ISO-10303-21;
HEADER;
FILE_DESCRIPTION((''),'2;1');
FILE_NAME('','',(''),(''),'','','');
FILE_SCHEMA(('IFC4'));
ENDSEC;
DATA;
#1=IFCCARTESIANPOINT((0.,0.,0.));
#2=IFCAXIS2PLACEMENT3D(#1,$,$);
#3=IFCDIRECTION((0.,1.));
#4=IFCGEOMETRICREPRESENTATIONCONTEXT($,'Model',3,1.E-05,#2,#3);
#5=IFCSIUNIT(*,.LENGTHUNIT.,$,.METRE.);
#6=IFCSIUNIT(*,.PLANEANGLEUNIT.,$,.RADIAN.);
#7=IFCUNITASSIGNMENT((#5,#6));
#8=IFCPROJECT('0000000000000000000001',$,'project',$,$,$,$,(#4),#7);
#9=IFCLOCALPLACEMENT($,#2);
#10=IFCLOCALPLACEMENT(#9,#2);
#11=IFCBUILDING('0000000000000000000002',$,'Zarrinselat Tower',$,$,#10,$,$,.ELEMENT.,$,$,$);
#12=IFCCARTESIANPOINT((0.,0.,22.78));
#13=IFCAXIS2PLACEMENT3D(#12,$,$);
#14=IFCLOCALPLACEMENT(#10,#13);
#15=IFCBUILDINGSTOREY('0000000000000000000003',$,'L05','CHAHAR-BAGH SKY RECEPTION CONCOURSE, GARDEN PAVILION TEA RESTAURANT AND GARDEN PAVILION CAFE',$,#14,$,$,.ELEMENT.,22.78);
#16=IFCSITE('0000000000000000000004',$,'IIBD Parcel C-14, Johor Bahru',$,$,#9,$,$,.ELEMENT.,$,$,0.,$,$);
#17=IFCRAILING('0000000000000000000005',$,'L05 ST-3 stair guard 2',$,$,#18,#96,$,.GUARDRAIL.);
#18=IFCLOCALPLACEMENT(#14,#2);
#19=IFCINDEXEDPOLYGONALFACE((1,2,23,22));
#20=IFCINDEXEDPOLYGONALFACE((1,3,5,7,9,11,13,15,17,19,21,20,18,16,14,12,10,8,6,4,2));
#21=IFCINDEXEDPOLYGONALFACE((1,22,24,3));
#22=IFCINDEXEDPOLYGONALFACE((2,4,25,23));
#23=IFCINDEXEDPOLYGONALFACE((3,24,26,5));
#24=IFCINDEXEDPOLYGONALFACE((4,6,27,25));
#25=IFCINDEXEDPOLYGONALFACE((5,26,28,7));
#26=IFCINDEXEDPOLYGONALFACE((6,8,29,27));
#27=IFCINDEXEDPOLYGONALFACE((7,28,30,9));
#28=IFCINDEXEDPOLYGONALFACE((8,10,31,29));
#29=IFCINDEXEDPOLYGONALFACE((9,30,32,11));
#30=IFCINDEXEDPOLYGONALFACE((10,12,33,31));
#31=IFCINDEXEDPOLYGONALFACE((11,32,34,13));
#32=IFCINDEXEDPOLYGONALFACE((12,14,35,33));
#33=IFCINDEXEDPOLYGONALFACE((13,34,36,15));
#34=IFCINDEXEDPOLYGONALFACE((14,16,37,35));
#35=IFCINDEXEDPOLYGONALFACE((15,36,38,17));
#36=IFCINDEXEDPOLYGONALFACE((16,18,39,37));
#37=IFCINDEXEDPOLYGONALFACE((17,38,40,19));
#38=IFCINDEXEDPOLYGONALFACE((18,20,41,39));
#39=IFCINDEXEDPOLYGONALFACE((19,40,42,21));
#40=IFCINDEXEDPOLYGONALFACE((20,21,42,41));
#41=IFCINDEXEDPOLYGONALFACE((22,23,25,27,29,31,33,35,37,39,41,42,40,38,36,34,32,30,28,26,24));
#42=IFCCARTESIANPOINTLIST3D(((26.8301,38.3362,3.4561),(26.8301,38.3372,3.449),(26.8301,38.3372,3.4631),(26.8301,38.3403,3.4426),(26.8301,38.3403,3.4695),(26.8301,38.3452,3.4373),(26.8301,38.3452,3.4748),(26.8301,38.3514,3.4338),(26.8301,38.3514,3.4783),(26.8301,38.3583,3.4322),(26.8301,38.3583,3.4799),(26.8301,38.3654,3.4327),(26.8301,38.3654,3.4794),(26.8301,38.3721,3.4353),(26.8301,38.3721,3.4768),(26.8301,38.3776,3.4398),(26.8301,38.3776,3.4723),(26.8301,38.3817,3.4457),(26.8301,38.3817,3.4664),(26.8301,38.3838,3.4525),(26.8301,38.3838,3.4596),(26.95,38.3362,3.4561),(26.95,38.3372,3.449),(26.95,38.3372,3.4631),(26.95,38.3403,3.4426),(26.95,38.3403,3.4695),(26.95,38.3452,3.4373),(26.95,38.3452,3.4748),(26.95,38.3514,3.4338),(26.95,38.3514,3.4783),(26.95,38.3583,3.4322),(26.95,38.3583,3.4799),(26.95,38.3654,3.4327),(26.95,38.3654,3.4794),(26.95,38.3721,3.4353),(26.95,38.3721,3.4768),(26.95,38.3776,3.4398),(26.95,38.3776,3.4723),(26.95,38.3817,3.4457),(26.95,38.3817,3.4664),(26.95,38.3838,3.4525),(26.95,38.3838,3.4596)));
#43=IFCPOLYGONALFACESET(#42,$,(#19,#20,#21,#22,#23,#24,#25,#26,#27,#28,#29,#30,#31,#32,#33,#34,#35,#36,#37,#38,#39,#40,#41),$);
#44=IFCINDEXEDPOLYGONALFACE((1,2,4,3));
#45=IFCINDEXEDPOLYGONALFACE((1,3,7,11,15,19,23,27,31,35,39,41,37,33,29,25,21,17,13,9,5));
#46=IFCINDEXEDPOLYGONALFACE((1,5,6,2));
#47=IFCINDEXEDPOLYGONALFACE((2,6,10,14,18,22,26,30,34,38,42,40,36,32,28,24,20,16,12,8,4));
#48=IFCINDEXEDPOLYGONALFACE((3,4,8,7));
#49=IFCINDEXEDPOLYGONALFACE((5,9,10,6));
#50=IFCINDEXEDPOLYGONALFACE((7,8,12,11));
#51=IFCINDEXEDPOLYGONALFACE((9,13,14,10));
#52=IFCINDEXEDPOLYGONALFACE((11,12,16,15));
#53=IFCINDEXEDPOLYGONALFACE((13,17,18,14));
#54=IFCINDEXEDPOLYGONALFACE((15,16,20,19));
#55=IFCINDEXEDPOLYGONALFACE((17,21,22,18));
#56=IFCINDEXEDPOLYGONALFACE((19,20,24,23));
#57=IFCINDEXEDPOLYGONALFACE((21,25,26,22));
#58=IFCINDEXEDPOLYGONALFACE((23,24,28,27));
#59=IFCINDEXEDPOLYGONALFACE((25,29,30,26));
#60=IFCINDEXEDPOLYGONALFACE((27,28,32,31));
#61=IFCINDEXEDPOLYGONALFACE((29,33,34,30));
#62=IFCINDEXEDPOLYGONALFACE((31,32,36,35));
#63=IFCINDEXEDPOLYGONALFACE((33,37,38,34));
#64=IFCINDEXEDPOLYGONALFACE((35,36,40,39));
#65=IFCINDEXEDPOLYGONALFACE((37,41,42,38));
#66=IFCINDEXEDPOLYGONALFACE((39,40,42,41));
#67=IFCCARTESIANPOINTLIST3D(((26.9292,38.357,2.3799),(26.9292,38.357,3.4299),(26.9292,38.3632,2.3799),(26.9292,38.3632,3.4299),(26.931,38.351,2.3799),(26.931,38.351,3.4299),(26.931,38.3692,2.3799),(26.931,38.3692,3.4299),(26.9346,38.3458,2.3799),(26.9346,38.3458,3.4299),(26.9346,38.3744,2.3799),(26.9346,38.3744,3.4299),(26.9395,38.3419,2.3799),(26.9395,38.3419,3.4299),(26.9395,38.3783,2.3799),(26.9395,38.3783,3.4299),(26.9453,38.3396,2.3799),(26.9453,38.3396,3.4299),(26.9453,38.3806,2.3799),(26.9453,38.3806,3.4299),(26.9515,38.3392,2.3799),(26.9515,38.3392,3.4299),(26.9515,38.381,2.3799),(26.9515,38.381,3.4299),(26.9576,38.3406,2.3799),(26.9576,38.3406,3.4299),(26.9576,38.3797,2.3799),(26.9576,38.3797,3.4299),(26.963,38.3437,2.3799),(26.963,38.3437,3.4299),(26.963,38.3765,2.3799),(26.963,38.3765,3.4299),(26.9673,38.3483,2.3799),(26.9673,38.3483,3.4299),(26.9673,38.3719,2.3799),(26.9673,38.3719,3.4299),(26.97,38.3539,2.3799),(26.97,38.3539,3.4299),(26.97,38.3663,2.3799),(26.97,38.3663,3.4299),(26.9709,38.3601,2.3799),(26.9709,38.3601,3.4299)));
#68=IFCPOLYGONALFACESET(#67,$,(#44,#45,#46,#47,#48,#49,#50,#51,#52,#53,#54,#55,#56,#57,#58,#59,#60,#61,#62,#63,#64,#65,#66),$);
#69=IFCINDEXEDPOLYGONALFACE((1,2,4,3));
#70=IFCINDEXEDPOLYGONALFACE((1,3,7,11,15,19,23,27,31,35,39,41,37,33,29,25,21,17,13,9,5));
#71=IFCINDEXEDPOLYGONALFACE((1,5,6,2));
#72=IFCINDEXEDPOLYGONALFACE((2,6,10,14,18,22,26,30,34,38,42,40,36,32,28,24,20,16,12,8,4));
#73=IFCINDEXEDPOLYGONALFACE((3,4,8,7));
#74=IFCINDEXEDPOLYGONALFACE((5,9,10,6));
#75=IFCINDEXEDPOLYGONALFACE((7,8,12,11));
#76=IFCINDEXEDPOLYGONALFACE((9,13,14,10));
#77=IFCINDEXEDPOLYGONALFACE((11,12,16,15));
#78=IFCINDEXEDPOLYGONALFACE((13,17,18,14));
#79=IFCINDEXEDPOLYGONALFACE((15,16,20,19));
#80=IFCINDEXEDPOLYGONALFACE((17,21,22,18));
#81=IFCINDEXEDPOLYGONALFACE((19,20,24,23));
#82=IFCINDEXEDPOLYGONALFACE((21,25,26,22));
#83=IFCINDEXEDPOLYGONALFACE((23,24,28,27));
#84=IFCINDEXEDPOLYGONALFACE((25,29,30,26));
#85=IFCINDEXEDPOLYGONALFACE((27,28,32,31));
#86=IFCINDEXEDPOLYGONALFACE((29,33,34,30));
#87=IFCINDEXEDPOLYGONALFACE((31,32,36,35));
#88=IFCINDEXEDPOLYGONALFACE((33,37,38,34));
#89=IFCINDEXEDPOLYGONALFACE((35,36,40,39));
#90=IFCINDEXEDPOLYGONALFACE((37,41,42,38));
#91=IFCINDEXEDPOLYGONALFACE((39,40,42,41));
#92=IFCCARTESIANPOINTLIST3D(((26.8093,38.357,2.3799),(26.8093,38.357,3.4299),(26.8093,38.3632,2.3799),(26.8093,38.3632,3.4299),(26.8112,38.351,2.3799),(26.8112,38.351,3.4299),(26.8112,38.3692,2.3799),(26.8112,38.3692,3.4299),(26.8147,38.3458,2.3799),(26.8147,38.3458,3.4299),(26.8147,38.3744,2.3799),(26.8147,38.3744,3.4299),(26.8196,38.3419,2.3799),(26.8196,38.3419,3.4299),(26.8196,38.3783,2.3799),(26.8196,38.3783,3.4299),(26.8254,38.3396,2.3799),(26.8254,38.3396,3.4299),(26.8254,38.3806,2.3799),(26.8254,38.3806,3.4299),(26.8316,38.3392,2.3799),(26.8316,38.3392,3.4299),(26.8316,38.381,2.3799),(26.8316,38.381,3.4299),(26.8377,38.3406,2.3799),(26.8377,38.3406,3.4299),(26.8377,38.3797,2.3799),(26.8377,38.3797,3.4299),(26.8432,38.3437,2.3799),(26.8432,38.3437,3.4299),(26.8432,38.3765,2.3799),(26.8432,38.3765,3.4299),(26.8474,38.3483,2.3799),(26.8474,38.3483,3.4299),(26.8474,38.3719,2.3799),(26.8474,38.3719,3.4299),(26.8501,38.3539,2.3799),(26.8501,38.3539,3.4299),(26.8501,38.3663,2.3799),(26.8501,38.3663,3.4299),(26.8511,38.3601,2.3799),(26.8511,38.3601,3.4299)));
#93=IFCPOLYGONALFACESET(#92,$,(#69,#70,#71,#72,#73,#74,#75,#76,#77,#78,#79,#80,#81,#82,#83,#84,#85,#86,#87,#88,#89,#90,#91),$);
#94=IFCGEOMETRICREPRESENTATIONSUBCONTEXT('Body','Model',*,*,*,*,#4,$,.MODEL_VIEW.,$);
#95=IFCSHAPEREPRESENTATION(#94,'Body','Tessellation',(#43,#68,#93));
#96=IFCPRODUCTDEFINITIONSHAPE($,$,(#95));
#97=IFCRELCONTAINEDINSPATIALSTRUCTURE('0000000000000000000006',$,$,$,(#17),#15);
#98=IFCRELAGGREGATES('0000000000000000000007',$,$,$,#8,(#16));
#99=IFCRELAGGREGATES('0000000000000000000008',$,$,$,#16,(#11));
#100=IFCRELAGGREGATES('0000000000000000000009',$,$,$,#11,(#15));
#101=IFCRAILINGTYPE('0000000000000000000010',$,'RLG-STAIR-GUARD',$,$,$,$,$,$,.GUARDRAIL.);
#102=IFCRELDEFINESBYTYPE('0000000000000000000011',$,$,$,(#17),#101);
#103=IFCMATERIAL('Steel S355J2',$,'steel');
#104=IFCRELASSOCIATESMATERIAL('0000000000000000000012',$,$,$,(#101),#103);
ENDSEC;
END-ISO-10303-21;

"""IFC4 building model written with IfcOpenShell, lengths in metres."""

from ifc_helpers import new_model, si_unit, direction, frame, origin, origin_2d, place, context, subcontext, project, spatial, circle, extrude, material, type_object, element, save


model = new_model("IFC4")

# Units and contexts
model_context = context("Model", 3, precision=1e-05, world=origin(), true_north=direction((0.0, 1.0)))
body_context = subcontext(model_context, "Body", "Model", "MODEL_VIEW")
ifc_project = project(units=[si_unit("LENGTHUNIT", "METRE"), si_unit("PLANEANGLEUNIT", "RADIAN")], contexts=[model_context])

# Site, building, storey
site_placement = place(None, origin())
site = spatial("IfcSite", under=ifc_project, at=site_placement, Name="IIBD Parcel C-14, Johor Bahru", CompositionType="ELEMENT", RefElevation=0.0)
building_placement = place(site_placement, origin())
building = spatial("IfcBuilding", under=site, at=building_placement, Name="Zarrinselat Tower", CompositionType="ELEMENT")
storey_placement = place(building_placement, frame((0.0, 0.0, 22.78)))
storey = spatial("IfcBuildingStorey", under=building, at=storey_placement, Name="L05", Description="CHAHAR-BAGH SKY RECEPTION CONCOURSE, GARDEN PAVILION TEA RESTAURANT AND GARDEN PAVILION CAFE", CompositionType="ELEMENT", Elevation=22.78)

# Railing
ifc_material_1 = material(Name="Steel S355J2", Category="steel")
railing_type_1 = type_object("IfcRailingType", Name="RLG-STAIR-GUARD", PredefinedType="GUARDRAIL", material=ifc_material_1)
railing_1_placement = place(storey_placement, frame((26.95, 38.3601, 2.3799)))
element("IfcRailing", 1, at=railing_1_placement, inside=storey, type_object=railing_type_1, Name="L05 ST-3 stair guard 2", PredefinedType="GUARDRAIL", context=body_context, shape_type="SweptSolid", body=[
    extrude(circle(Radius=0.0239, at=origin_2d()), frame((0.0, 0.0, 1.0762), z_axis=(-1.0, 0.0, 0.0), x_axis=(0.0, -1.0, 0.0)), (0.0, 0.0, 1.0), 0.1199),
    extrude(circle(Radius=0.021, at=origin_2d()), origin(), (0.0, 0.0, 1.0), 1.05),
    extrude(circle(Radius=0.021, at=origin_2d()), frame((-0.1199, 0.0, 0.0)), (0.0, 0.0, 1.0), 1.05),
])

save(model, "model.ifc")
